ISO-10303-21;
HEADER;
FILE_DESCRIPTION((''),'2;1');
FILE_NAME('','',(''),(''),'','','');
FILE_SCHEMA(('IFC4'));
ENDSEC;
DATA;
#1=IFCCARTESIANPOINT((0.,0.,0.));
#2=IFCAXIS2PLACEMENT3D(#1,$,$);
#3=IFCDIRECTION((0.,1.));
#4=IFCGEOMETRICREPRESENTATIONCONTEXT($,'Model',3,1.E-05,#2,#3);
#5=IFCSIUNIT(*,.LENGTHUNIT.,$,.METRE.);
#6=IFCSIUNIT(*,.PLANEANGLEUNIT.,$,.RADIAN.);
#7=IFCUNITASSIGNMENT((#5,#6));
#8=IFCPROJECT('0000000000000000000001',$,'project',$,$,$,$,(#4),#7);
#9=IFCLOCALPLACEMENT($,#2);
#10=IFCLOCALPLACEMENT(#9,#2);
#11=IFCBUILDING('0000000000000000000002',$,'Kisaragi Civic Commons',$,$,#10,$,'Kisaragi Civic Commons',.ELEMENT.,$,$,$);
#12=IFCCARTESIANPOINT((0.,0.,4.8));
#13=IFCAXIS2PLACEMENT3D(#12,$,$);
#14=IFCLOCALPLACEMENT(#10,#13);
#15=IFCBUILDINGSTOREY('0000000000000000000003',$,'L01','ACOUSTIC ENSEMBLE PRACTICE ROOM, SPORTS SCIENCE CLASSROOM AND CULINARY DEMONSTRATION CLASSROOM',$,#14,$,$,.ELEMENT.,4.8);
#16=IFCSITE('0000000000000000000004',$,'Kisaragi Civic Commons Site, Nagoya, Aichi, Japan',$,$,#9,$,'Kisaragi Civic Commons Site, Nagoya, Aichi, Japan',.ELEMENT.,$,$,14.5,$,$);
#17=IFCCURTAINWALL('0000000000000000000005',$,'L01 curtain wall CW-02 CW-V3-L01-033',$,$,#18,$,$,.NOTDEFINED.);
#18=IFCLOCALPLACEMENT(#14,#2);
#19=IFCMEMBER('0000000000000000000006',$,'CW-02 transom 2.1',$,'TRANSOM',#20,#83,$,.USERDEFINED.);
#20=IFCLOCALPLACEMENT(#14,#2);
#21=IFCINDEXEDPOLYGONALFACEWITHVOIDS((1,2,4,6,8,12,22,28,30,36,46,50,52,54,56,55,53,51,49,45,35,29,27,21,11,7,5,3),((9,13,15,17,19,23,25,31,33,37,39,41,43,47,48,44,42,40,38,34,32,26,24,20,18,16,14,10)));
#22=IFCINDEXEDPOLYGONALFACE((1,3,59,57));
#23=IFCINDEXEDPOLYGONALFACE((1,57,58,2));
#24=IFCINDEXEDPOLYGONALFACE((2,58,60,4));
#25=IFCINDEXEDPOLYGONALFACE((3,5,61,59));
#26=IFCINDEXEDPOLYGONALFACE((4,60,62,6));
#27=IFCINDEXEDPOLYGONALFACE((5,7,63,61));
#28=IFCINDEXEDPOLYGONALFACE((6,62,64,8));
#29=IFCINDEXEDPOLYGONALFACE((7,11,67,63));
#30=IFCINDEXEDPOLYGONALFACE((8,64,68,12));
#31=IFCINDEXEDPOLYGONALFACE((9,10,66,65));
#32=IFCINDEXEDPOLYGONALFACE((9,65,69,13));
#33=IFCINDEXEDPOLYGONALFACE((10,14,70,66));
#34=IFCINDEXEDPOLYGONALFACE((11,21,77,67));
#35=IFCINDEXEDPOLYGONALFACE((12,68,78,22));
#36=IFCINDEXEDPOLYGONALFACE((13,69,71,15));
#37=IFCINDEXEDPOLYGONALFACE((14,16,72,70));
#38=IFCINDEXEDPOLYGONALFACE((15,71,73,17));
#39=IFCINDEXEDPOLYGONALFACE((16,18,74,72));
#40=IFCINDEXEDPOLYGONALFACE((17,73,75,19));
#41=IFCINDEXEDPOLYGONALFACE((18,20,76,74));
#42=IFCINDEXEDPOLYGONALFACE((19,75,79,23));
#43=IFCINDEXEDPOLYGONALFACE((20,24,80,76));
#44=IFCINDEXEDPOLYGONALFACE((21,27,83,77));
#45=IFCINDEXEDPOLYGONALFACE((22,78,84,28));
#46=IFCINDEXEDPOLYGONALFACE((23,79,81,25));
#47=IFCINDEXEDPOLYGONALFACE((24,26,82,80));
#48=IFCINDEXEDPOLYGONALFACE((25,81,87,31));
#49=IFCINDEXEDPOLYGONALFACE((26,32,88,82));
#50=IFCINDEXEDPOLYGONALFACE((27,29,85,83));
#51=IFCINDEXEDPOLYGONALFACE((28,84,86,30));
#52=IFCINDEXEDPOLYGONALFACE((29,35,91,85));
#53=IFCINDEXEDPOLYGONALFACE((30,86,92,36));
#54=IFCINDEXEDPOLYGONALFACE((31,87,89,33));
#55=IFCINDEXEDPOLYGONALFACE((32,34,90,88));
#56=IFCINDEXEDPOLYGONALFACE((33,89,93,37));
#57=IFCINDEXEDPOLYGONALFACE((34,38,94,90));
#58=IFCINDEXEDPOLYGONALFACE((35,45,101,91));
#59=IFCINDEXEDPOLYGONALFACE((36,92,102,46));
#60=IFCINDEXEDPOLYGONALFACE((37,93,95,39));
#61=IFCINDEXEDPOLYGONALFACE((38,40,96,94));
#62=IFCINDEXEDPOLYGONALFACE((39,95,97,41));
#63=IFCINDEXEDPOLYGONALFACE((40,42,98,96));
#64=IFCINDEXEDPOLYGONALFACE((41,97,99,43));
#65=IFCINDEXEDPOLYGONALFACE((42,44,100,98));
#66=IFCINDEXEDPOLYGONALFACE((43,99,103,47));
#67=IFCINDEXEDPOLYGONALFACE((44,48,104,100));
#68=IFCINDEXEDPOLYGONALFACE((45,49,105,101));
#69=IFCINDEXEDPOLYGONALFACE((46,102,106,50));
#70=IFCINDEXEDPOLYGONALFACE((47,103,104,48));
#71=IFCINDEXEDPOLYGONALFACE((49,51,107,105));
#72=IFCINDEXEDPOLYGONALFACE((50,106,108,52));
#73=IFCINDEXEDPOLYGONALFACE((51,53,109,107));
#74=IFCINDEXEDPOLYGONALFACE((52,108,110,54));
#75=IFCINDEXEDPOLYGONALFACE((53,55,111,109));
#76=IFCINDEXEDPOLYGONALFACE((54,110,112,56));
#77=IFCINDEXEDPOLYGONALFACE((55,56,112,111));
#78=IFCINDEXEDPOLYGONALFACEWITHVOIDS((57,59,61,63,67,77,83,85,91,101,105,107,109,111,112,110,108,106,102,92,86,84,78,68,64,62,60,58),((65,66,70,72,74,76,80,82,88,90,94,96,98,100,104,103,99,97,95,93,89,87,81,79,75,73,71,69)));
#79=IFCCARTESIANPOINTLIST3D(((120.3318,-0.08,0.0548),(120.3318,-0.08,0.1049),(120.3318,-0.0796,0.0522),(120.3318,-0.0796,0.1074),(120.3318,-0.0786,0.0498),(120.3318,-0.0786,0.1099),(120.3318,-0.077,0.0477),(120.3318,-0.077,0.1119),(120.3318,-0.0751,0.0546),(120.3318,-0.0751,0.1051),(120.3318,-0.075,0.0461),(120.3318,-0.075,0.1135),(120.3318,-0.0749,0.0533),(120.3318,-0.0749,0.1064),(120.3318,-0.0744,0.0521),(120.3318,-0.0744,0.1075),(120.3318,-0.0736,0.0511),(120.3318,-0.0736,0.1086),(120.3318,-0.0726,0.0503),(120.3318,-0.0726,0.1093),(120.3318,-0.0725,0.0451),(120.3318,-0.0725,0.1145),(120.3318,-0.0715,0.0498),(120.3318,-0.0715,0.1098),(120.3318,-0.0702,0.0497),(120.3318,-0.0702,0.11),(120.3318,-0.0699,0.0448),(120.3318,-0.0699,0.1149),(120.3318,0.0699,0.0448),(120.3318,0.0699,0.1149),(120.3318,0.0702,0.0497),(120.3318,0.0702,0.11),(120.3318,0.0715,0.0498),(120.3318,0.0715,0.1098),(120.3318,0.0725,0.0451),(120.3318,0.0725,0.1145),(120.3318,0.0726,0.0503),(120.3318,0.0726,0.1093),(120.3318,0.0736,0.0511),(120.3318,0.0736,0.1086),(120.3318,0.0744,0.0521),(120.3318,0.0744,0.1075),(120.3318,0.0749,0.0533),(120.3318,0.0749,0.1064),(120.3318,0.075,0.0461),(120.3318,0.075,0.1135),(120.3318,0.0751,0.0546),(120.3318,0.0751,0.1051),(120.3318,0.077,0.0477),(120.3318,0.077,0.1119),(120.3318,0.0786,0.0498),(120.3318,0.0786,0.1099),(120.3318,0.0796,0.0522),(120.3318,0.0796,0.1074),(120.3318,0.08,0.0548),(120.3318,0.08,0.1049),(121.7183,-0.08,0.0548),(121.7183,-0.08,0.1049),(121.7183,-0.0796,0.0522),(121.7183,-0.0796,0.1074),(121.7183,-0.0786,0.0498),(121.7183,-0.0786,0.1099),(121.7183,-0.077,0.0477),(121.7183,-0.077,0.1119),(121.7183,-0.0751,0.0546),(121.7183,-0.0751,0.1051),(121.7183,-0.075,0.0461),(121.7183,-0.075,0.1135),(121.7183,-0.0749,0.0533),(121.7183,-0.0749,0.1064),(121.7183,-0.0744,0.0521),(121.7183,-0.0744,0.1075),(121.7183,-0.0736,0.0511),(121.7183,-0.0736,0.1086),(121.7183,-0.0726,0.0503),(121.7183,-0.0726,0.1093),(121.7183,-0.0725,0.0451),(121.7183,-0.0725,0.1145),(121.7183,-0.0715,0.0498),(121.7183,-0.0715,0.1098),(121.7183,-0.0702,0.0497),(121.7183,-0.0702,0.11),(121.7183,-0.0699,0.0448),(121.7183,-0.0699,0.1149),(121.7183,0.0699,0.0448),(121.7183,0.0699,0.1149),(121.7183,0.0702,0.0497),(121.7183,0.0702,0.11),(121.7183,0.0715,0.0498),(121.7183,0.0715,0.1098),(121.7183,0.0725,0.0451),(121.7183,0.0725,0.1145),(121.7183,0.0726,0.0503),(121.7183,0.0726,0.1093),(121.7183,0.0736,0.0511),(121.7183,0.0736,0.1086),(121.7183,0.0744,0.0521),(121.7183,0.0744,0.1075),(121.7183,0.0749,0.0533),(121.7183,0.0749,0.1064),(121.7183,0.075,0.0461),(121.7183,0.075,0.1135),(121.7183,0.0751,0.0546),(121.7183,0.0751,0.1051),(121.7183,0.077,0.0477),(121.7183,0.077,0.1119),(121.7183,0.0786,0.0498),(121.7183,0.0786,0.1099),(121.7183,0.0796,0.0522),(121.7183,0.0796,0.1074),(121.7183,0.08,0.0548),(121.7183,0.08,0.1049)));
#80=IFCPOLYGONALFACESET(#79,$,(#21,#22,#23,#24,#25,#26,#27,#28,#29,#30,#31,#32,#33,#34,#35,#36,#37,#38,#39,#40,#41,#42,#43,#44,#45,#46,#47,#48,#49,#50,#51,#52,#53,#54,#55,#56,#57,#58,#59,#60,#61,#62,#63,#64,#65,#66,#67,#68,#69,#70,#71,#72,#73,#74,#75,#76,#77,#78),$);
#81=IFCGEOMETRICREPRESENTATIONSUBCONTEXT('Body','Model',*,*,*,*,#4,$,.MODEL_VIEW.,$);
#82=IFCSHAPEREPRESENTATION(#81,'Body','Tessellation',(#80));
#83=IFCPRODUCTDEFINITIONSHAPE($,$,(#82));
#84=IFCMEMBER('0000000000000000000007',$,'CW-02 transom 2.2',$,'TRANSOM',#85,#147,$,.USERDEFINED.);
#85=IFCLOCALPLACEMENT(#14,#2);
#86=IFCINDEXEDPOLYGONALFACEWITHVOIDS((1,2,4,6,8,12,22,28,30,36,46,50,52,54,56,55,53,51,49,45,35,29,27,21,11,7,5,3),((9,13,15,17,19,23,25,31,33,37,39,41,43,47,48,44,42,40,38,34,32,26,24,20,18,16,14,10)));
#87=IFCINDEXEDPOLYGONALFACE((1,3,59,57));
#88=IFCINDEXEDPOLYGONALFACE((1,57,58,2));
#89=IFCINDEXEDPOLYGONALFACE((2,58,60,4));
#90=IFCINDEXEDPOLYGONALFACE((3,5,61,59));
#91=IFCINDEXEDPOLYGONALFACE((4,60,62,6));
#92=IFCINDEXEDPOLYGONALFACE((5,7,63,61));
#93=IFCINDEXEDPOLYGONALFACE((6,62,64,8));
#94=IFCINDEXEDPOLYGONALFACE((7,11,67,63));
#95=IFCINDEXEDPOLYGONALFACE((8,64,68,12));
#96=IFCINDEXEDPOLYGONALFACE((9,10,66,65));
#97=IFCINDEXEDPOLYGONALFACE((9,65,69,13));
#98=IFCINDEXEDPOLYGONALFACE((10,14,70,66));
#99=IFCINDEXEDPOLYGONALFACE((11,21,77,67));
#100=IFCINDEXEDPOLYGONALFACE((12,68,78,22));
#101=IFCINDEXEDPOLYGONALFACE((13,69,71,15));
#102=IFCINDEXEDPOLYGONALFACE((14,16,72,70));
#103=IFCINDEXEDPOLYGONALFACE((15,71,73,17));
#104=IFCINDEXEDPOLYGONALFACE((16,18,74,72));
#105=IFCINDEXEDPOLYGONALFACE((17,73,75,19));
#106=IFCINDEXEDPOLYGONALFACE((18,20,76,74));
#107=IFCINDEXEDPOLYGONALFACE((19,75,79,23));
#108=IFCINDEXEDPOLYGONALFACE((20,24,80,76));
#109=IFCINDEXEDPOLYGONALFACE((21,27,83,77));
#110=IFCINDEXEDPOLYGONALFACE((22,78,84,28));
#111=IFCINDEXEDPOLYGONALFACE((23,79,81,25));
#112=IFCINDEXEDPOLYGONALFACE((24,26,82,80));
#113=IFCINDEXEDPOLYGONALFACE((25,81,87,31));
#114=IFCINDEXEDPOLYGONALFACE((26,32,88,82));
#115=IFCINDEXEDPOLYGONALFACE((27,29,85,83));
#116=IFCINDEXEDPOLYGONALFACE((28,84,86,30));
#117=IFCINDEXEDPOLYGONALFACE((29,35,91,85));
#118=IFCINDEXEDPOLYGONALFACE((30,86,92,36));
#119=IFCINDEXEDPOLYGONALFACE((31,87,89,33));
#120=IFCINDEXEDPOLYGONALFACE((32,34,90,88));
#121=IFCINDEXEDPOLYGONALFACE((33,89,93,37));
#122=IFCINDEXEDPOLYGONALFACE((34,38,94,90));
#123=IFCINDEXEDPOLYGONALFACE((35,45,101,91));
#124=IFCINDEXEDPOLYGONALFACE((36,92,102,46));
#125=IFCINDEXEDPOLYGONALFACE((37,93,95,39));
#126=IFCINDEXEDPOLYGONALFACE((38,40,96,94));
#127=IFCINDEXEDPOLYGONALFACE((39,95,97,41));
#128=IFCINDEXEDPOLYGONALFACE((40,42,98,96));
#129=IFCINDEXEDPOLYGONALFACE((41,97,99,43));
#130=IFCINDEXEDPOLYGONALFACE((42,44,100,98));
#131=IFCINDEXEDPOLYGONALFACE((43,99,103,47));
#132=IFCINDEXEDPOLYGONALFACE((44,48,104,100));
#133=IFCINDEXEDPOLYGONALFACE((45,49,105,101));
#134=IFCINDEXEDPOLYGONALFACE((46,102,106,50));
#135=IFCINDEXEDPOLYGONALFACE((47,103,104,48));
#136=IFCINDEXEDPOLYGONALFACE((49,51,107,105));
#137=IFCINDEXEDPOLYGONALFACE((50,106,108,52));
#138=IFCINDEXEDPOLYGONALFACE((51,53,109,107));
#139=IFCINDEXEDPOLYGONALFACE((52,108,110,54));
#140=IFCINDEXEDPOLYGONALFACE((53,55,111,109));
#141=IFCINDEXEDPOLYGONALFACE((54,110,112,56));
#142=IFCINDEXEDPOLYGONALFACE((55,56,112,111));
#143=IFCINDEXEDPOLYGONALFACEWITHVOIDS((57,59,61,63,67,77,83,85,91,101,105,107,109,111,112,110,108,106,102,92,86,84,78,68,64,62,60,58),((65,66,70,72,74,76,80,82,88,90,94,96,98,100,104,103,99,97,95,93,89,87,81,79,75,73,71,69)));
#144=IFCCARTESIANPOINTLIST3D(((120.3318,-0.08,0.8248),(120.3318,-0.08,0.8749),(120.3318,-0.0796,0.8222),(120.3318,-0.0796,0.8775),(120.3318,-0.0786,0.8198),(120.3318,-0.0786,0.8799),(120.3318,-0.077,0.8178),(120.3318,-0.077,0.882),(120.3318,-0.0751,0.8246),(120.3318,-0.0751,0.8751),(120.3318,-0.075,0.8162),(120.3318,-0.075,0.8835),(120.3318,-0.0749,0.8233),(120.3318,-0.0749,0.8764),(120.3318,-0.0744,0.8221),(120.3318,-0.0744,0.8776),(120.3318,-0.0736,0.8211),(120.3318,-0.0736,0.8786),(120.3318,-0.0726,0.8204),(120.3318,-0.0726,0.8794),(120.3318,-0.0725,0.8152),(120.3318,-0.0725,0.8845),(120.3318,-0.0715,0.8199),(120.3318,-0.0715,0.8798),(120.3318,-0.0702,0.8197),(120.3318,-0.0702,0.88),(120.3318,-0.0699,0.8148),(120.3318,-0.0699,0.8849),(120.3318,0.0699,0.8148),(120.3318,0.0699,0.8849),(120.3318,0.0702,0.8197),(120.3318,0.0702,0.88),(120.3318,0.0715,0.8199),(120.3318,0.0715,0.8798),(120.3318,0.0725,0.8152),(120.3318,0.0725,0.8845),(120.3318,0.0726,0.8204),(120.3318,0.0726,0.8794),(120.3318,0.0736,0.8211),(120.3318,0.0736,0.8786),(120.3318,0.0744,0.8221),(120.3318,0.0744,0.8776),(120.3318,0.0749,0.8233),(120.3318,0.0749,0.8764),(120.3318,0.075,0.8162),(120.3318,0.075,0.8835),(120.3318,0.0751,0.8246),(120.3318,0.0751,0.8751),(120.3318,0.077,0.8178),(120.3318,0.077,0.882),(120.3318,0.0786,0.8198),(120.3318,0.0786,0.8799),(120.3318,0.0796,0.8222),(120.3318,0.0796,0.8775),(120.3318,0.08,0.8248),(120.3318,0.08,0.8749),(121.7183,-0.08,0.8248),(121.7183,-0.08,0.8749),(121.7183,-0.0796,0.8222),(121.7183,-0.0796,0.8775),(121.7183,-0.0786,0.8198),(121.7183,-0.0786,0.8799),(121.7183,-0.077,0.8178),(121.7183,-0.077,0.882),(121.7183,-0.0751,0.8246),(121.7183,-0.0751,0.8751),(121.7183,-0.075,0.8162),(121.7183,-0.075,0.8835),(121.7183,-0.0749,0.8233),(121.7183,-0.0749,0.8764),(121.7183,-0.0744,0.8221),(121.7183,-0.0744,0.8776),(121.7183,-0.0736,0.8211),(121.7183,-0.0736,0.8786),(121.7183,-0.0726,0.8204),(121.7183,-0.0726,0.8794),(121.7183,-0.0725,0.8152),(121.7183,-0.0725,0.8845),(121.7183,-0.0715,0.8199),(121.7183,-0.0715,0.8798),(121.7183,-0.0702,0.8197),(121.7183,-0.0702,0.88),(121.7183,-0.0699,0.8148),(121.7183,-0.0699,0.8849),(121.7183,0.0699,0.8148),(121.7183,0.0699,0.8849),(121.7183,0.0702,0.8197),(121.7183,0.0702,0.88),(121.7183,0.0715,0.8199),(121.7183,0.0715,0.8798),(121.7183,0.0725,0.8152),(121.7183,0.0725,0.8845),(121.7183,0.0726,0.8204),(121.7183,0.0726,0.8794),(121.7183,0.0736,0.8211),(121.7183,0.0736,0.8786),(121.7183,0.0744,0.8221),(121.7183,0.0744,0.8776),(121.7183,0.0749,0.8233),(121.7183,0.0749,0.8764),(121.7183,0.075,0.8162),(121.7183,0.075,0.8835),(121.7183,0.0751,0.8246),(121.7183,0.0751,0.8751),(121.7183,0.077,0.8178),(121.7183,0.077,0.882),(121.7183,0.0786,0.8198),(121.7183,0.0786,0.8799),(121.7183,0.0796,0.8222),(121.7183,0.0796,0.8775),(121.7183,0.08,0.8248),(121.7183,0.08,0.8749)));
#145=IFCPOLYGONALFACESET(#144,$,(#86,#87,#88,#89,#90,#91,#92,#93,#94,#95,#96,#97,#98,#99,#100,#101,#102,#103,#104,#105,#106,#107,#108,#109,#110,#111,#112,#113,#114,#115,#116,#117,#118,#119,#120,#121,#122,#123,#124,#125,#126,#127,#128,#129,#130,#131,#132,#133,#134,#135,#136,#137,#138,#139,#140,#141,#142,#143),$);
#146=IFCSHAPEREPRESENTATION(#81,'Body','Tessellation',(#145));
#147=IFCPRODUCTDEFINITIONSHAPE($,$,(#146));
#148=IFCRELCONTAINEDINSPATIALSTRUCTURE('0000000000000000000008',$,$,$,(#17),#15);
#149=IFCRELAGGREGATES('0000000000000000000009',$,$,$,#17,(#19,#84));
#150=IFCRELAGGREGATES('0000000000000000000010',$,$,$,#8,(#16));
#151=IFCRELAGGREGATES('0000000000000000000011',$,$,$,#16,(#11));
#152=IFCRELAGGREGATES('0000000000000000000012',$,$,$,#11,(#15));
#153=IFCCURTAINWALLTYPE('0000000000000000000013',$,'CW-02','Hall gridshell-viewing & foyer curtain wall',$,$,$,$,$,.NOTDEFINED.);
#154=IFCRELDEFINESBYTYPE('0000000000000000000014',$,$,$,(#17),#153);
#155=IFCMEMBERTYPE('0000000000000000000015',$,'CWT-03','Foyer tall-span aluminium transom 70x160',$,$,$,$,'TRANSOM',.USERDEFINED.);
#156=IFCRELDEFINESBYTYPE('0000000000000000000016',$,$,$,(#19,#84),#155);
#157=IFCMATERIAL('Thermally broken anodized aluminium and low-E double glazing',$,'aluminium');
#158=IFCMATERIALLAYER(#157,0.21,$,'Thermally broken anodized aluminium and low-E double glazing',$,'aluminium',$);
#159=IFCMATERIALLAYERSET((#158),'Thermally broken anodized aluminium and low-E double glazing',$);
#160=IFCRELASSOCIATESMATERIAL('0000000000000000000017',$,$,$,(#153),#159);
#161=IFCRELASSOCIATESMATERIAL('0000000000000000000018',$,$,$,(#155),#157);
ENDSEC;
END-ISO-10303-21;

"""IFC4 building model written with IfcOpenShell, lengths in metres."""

from ifc_helpers import new_model, si_unit, direction, frame, origin, origin_2d, place, context, subcontext, project, spatial, hollow_rectangle, extrude, material, layer, layer_set, material_profile, profile_set, type_object, element, aggregate, save


model = new_model("IFC4")

# Units and contexts
model_context = context("Model", 3, precision=1e-05, world=origin(), true_north=direction((0.0, 1.0)))
body_context = subcontext(model_context, "Body", "Model", "MODEL_VIEW")
ifc_project = project(units=[si_unit("LENGTHUNIT", "METRE"), si_unit("PLANEANGLEUNIT", "RADIAN")], contexts=[model_context])

# Site, building, storey
site_placement = place(None, origin())
site = spatial("IfcSite", under=ifc_project, at=site_placement, Name="Kisaragi Civic Commons Site, Nagoya, Aichi, Japan", LongName="Kisaragi Civic Commons Site, Nagoya, Aichi, Japan", CompositionType="ELEMENT", RefElevation=14.5)
building_placement = place(site_placement, origin())
building = spatial("IfcBuilding", under=site, at=building_placement, Name="Kisaragi Civic Commons", LongName="Kisaragi Civic Commons", CompositionType="ELEMENT")
storey_placement = place(building_placement, frame((0.0, 0.0, 4.8)))
storey = spatial("IfcBuildingStorey", under=building, at=storey_placement, Name="L01", Description="ACOUSTIC ENSEMBLE PRACTICE ROOM, SPORTS SCIENCE CLASSROOM AND CULINARY DEMONSTRATION CLASSROOM", CompositionType="ELEMENT", Elevation=4.8)

# Shared definitions
ifc_material_1 = material(Name="Thermally broken anodized aluminium and low-E double glazing", Category="aluminium")
ifc_layer_1 = layer(ifc_material_1, 0.21, Name="Thermally broken anodized aluminium and low-E double glazing", Category="aluminium")
ifc_layer_set_1 = layer_set([ifc_layer_1], Name="Thermally broken anodized aluminium and low-E double glazing")
curtain_wall_type = type_object("IfcCurtainWallType", Name="CW-02", Description="Hall gridshell-viewing & foyer curtain wall", PredefinedType="NOTDEFINED", material=ifc_layer_set_1)

# Curtain wall, members
curtain_wall_1_placement = place(storey_placement, origin())
curtain_wall_1 = element("IfcCurtainWall", 1, at=curtain_wall_1_placement, inside=storey, type_object=curtain_wall_type, Name="L01 curtain wall CW-02 CW-V3-L01-033", PredefinedType="NOTDEFINED")
ifc_material_profile_1 = material_profile(ifc_material_1, hollow_rectangle(XDim=0.1599, YDim=0.0701, WallThickness=0.0049, InnerFilletRadius=0.0049, OuterFilletRadius=0.01, at=origin_2d()), Name="CWT-70x160x5", Category="aluminium")
ifc_profile_set_1 = profile_set([ifc_material_profile_1], Name="Thermally broken anodized aluminium and low-E double glazing")
member_type_1 = type_object("IfcMemberType", Name="CWT-03", Description="Foyer tall-span aluminium transom 70x160", ElementType="TRANSOM", PredefinedType="USERDEFINED", material=ifc_profile_set_1)
member_1_placement = place(storey_placement, frame((121.7183, 0.0, 0.0798), z_axis=(-1.0, 0.0, 0.0), x_axis=(0.0, -1.0, 0.0)))
member_1 = element("IfcMember", 2, at=member_1_placement, type_object=member_type_1, Name="CW-02 transom 2.1", ObjectType="TRANSOM", PredefinedType="USERDEFINED", context=body_context, shape_type="SweptSolid", body=[
    extrude(hollow_rectangle(XDim=0.1599, YDim=0.0701, WallThickness=0.0049, InnerFilletRadius=0.0049, OuterFilletRadius=0.01, at=origin_2d()), origin(), (0.0, 0.0, 1.0), 1.3865),
])
member_2_placement = place(storey_placement, frame((121.7183, 0.0, 0.8499), z_axis=(-1.0, 0.0, 0.0), x_axis=(0.0, -1.0, 0.0)))
member_2 = element("IfcMember", 3, at=member_2_placement, type_object=member_type_1, Name="CW-02 transom 2.2", ObjectType="TRANSOM", PredefinedType="USERDEFINED", context=body_context, shape_type="SweptSolid", body=[
    extrude(hollow_rectangle(XDim=0.1599, YDim=0.0701, WallThickness=0.0049, InnerFilletRadius=0.0049, OuterFilletRadius=0.01, at=origin_2d()), origin(), (0.0, 0.0, 1.0), 1.3865),
])

aggregate(curtain_wall_1, [member_1, member_2])

save(model, "model.ifc")
